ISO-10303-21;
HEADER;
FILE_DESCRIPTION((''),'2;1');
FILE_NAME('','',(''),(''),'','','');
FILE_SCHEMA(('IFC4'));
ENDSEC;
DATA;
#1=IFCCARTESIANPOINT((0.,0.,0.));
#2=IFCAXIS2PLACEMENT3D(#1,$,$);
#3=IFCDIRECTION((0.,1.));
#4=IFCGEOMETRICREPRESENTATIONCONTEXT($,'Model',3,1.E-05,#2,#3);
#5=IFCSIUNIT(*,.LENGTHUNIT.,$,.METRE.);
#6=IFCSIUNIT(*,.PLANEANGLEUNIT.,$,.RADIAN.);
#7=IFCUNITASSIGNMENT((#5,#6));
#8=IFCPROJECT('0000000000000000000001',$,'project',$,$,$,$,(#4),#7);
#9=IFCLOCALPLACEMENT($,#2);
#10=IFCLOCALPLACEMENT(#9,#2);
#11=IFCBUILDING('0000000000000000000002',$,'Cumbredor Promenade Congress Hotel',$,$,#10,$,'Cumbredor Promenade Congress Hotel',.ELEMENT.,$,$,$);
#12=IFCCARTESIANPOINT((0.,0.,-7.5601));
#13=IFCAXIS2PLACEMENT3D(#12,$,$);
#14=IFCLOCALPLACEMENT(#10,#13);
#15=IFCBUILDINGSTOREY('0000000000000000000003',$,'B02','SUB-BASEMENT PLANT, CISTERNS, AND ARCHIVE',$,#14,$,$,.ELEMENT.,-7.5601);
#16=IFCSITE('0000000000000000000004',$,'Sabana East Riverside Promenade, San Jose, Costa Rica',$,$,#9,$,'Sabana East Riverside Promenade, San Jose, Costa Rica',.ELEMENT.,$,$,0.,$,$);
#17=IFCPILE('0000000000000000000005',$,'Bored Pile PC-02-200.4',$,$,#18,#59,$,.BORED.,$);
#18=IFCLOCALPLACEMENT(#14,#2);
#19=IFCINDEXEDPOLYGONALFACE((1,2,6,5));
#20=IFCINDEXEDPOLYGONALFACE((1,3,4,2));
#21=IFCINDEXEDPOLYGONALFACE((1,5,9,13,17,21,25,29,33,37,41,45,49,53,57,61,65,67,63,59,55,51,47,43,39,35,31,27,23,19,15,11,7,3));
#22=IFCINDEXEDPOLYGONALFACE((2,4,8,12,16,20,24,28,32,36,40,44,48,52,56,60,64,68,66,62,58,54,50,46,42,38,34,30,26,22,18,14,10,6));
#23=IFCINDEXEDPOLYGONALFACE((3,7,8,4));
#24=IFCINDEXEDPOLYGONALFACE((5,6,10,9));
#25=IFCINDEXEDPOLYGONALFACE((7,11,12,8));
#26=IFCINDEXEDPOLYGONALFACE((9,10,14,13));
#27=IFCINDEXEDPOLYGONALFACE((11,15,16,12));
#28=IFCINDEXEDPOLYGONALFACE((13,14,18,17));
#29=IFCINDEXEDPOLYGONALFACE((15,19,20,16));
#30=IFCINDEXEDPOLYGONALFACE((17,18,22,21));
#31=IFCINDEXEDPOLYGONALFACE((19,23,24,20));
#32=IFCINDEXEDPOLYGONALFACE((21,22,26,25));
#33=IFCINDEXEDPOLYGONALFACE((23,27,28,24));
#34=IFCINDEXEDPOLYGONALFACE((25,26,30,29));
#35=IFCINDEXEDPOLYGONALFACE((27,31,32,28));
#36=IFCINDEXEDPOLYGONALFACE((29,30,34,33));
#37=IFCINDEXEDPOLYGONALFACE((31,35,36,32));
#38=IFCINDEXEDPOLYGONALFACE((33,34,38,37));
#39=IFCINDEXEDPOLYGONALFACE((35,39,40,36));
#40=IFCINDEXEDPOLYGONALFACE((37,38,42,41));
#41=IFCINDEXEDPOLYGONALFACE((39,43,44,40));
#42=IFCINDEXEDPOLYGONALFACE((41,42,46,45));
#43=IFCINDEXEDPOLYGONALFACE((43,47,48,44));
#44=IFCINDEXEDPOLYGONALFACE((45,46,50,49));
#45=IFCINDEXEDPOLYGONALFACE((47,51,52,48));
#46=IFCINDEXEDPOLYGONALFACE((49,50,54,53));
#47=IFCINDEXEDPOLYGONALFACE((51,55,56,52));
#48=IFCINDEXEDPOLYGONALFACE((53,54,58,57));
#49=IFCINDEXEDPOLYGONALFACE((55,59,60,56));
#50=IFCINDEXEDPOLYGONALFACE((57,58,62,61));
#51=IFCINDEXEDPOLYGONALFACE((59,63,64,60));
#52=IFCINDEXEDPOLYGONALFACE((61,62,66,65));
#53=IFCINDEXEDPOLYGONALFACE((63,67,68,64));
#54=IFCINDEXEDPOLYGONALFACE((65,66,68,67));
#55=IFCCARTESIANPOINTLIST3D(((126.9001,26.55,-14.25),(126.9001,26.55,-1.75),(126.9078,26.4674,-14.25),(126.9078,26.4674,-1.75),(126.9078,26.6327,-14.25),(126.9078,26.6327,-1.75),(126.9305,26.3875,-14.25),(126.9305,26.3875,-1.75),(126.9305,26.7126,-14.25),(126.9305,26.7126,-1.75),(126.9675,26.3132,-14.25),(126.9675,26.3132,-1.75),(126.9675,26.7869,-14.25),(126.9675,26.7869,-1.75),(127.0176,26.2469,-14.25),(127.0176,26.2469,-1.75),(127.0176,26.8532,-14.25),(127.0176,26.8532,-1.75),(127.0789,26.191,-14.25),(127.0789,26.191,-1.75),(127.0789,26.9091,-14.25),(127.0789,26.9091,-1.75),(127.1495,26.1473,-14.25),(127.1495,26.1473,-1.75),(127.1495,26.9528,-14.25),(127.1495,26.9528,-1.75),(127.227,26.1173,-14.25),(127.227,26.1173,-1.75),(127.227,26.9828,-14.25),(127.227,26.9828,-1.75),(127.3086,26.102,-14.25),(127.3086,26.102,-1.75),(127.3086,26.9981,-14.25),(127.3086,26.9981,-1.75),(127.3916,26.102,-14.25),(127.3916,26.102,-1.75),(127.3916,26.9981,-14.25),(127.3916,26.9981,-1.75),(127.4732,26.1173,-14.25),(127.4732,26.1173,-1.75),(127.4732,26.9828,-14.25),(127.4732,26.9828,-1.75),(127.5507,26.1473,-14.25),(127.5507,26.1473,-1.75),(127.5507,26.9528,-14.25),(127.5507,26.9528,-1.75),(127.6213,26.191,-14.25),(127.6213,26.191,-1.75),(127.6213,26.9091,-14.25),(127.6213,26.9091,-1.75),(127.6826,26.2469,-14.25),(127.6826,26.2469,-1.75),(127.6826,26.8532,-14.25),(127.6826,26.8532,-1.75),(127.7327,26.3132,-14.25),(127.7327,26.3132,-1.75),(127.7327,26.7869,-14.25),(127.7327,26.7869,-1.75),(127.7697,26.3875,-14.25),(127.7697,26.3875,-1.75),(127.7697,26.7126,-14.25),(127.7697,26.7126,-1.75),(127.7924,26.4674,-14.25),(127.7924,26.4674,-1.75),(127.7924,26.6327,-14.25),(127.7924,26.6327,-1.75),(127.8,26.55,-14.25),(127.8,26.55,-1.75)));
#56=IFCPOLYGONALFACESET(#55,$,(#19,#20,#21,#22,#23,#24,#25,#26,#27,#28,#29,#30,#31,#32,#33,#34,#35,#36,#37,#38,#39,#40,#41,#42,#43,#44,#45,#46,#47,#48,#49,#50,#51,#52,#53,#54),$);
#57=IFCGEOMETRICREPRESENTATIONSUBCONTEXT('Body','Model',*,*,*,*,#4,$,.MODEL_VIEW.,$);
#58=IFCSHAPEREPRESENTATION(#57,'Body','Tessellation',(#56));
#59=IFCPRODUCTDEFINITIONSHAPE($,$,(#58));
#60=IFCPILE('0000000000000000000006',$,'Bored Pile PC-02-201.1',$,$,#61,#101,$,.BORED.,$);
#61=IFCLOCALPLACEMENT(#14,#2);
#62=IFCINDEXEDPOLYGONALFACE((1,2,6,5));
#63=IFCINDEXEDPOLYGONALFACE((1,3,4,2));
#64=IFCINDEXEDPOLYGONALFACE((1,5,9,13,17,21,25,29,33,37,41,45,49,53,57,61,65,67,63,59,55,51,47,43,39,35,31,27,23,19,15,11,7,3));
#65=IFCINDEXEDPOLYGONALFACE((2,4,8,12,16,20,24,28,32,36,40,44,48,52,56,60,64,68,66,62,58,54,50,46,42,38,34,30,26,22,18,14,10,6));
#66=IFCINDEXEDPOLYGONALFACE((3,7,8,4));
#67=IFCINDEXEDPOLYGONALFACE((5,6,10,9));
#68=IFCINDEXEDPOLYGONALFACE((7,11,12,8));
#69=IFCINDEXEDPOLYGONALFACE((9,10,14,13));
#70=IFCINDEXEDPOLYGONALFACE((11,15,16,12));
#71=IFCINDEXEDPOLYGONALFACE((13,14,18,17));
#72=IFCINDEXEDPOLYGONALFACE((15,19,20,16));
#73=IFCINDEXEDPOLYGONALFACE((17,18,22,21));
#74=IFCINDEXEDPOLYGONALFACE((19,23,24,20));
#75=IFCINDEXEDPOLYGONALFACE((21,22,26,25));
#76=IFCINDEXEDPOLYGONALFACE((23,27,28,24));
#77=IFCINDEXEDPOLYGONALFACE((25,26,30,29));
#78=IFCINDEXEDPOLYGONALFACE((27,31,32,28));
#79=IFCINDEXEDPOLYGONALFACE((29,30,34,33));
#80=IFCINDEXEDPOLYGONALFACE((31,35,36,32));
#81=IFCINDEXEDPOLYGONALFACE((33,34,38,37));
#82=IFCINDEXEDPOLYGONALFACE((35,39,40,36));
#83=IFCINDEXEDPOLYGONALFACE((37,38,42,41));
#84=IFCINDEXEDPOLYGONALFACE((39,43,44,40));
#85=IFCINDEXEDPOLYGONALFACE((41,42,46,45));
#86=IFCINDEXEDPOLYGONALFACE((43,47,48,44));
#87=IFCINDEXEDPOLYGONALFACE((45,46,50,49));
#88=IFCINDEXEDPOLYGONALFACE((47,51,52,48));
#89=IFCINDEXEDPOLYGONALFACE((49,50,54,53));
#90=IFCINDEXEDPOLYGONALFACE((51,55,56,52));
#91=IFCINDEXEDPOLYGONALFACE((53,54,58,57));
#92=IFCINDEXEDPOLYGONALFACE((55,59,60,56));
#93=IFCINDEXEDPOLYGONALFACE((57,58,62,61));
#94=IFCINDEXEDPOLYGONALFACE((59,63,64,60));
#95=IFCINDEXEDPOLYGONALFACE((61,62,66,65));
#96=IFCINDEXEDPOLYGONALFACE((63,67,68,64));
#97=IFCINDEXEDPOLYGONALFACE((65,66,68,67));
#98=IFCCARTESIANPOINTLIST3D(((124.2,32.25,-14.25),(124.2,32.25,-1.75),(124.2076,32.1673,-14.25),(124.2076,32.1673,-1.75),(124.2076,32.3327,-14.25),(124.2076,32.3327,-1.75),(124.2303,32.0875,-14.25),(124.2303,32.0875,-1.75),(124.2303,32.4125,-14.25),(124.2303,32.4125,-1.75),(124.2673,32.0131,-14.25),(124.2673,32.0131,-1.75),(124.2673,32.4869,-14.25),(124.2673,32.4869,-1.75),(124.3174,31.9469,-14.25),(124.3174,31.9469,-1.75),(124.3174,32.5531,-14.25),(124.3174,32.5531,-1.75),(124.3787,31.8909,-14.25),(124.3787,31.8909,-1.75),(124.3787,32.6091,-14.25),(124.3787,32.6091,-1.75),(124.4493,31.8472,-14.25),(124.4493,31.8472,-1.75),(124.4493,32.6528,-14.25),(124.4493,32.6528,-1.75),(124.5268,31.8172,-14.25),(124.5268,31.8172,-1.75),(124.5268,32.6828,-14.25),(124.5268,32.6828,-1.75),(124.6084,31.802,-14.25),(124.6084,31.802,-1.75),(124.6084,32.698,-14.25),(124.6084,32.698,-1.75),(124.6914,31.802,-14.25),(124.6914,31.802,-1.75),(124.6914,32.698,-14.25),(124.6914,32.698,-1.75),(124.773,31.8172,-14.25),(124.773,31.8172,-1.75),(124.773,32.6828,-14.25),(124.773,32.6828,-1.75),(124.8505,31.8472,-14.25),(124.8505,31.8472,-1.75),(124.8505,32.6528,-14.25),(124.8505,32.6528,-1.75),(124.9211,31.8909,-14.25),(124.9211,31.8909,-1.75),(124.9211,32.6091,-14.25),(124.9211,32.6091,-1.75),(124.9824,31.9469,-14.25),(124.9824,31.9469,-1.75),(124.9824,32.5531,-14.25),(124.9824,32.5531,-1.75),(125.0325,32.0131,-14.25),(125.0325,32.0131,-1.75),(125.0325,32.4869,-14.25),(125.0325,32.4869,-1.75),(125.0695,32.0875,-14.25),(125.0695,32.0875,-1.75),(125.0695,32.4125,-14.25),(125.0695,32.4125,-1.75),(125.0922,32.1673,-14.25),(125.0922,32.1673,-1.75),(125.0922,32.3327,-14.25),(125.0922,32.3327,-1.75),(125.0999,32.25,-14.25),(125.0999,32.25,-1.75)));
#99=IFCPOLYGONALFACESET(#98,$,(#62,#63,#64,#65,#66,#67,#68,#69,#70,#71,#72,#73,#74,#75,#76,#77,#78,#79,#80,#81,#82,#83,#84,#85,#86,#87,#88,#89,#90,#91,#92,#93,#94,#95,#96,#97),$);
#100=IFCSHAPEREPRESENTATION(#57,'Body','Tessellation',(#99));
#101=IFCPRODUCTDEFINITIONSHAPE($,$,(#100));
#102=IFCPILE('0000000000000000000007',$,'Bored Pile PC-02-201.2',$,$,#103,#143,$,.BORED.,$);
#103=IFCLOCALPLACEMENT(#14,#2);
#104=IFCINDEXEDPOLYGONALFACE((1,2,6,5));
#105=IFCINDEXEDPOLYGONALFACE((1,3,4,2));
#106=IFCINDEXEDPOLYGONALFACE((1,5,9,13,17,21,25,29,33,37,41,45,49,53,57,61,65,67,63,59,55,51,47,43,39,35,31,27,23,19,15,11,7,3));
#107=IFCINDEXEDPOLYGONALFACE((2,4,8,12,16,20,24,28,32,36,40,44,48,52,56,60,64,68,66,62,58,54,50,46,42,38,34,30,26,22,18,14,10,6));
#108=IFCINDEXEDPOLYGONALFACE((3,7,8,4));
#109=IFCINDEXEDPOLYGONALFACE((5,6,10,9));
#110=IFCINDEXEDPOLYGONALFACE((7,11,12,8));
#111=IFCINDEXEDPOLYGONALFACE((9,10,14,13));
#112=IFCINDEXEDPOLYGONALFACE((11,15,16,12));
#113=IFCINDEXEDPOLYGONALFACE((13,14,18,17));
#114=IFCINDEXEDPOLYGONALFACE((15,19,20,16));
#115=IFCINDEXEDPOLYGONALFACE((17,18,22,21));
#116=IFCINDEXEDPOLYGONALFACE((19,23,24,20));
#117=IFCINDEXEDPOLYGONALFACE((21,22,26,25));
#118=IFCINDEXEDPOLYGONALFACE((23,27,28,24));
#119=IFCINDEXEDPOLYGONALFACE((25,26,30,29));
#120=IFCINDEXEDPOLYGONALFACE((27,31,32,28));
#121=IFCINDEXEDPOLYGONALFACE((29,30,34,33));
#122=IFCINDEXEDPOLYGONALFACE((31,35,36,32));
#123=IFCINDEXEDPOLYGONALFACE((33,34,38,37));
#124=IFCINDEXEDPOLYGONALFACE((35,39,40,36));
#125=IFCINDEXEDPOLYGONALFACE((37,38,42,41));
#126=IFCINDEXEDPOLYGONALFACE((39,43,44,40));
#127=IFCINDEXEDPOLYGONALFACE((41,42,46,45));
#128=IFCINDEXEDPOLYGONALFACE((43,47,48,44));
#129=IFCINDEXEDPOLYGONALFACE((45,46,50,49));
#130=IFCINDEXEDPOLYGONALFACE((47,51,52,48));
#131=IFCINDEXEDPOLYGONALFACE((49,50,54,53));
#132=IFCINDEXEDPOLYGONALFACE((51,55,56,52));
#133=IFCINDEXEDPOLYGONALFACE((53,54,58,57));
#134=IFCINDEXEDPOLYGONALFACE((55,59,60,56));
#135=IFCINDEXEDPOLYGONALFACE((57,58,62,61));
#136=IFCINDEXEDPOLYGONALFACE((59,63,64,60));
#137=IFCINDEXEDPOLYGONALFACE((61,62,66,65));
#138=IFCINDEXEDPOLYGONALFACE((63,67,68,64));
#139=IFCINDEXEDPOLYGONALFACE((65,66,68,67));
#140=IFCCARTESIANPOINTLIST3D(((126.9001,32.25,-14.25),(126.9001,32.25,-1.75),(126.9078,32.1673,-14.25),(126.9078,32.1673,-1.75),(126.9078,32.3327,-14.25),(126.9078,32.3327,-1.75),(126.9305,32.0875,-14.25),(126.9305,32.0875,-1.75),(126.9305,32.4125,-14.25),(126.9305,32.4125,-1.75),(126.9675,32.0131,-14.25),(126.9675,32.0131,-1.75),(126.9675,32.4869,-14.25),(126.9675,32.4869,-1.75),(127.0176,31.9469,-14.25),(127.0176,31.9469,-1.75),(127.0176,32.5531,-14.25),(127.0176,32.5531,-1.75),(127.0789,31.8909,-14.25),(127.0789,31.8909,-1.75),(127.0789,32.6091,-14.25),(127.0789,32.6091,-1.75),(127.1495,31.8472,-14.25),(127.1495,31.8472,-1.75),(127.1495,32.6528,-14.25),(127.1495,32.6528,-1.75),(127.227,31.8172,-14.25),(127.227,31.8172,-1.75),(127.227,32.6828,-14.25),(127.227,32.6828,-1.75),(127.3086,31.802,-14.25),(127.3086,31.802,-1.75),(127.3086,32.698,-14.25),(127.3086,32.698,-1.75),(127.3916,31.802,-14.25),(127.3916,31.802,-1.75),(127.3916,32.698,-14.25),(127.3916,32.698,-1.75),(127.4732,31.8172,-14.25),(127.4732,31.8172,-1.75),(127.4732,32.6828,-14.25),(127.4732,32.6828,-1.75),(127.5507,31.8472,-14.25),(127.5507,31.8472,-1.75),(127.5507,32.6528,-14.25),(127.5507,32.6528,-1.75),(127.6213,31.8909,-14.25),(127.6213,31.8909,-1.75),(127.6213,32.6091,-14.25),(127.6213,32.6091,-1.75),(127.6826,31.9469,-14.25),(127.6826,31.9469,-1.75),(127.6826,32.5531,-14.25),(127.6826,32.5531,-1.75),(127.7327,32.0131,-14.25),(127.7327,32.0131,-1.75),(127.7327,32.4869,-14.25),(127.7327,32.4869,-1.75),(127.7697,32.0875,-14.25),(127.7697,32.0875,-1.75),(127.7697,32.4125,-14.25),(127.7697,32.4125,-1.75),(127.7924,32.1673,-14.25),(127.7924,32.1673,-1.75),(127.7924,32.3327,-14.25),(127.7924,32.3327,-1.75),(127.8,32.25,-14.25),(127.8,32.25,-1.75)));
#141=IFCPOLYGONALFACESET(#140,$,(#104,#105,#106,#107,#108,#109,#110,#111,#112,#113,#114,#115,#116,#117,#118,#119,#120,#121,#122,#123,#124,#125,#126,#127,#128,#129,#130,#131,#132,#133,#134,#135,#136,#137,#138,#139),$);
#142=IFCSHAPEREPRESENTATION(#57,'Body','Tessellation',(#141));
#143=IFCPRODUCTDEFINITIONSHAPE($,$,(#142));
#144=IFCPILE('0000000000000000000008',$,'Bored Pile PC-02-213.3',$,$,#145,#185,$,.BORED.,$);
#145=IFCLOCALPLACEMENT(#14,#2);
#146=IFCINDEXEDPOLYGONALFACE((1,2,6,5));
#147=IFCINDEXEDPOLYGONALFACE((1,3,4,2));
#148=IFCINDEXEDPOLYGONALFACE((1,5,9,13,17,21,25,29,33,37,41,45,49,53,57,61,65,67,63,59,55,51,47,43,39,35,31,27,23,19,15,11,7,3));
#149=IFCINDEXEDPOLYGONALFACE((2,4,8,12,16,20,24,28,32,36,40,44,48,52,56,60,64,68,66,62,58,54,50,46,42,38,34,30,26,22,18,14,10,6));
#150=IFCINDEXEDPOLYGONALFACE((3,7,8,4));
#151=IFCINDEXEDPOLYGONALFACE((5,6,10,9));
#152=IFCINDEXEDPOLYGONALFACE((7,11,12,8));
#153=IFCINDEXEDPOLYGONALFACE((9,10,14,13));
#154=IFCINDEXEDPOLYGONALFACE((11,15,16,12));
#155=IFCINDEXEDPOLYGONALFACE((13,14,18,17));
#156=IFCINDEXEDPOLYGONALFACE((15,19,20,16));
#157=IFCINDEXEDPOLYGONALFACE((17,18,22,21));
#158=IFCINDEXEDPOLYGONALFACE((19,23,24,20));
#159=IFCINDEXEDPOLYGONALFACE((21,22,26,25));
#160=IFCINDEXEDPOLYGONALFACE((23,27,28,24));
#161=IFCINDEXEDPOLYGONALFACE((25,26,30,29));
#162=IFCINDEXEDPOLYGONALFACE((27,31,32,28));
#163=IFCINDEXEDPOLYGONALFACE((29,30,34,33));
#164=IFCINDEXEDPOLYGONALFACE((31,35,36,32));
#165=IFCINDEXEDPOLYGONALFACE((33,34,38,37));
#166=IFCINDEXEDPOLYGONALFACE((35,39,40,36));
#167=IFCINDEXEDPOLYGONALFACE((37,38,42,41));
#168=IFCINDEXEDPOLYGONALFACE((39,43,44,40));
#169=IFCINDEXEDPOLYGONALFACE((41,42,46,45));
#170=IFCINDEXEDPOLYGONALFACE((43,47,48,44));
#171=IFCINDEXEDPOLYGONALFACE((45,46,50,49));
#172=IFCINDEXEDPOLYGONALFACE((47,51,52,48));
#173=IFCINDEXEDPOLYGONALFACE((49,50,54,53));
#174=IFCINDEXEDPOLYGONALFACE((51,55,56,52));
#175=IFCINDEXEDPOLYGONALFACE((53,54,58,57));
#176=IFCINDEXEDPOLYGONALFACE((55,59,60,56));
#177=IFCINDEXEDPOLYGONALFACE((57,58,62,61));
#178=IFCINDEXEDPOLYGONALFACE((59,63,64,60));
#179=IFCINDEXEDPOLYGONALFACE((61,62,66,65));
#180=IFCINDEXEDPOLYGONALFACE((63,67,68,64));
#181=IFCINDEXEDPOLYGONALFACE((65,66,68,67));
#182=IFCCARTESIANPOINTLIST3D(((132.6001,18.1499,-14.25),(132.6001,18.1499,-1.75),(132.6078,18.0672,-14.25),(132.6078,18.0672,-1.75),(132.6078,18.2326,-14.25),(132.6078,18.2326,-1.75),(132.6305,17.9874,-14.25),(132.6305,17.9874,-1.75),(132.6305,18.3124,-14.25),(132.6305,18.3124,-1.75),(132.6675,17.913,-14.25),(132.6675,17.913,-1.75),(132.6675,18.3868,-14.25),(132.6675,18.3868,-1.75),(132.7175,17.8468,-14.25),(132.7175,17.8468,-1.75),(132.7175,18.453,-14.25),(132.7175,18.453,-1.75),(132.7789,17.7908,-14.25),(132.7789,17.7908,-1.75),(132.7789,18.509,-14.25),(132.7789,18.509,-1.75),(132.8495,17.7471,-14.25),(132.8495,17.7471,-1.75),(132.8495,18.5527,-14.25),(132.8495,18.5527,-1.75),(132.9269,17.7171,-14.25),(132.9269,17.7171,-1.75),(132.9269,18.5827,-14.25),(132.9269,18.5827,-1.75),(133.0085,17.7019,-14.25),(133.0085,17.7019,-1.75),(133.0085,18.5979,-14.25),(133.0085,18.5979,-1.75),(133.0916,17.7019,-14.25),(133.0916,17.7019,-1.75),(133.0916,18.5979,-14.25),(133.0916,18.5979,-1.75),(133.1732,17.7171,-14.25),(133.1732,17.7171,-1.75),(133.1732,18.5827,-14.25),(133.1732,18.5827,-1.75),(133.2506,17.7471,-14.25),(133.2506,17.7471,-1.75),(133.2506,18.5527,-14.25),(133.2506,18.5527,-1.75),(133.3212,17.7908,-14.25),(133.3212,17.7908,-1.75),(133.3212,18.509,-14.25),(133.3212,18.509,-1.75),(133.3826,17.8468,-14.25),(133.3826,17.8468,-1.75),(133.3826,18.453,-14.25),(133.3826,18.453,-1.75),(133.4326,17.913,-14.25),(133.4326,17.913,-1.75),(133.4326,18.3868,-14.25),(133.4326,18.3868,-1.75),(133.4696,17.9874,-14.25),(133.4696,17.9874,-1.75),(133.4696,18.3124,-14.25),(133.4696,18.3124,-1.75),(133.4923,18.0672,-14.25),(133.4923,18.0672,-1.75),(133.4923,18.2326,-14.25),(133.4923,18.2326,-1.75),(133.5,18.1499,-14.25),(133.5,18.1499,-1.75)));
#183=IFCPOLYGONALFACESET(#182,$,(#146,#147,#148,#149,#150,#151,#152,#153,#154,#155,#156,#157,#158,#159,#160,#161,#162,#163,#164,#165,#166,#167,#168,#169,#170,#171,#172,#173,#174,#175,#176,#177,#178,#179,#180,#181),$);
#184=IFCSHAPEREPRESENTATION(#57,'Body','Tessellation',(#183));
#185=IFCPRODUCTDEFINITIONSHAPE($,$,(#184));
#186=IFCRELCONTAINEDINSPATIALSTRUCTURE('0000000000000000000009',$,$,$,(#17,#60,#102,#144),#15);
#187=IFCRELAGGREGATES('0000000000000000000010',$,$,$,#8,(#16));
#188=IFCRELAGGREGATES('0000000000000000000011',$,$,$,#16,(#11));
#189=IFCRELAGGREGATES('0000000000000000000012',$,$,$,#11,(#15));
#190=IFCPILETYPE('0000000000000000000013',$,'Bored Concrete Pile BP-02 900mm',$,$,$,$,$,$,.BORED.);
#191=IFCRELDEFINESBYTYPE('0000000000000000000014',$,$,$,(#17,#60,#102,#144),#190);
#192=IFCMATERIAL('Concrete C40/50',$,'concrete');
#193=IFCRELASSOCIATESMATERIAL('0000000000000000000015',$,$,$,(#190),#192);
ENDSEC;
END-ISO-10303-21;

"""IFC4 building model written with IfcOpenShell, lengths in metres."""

from ifc_helpers import new_model, si_unit, direction, frame, origin, origin_2d, place, context, subcontext, project, spatial, circle, extrude, material, material_profile, profile_set, type_object, element, save


model = new_model("IFC4")

# Units and contexts
model_context = context("Model", 3, precision=1e-05, world=origin(), true_north=direction((0.0, 1.0)))
body_context = subcontext(model_context, "Body", "Model", "MODEL_VIEW")
ifc_project = project(units=[si_unit("LENGTHUNIT", "METRE"), si_unit("PLANEANGLEUNIT", "RADIAN")], contexts=[model_context])

# Site, building, storey
site_placement = place(None, origin())
site = spatial("IfcSite", under=ifc_project, at=site_placement, Name="Sabana East Riverside Promenade, San Jose, Costa Rica", LongName="Sabana East Riverside Promenade, San Jose, Costa Rica", CompositionType="ELEMENT", RefElevation=0.0)
building_placement = place(site_placement, origin())
building = spatial("IfcBuilding", under=site, at=building_placement, Name="Cumbredor Promenade Congress Hotel", LongName="Cumbredor Promenade Congress Hotel", CompositionType="ELEMENT")
storey_placement = place(building_placement, frame((0.0, 0.0, -7.5601)))
storey = spatial("IfcBuildingStorey", under=building, at=storey_placement, Name="B02", Description="SUB-BASEMENT PLANT, CISTERNS, AND ARCHIVE", CompositionType="ELEMENT", Elevation=-7.5601)

# Piles
ifc_material_1 = material(Name="Concrete C40/50", Category="concrete")
ifc_material_profile_1 = material_profile(ifc_material_1, circle(Radius=0.45, at=origin_2d()), Name="PILE D900")
ifc_profile_set_1 = profile_set([ifc_material_profile_1], Name="Concrete C40/50")
pile_type = type_object("IfcPileType", Name="Bored Concrete Pile BP-02 900mm", PredefinedType="BORED", material=ifc_profile_set_1)
for number, where, z_axis, x_axis, name in (
    (1, (127.3501, 26.55, -1.75), (0.0, 0.0, -1.0), (1.0, 0.0, 0.0), "Bored Pile PC-02-200.4"),
    (2, (124.6499, 32.25, -1.75), (0.0, 0.0, -1.0), (1.0, 0.0, 0.0), "Bored Pile PC-02-201.1"),
    (3, (127.3501, 32.25, -1.75), (0.0, 0.0, -1.0), (1.0, 0.0, 0.0), "Bored Pile PC-02-201.2"),
    (4, (133.05, 18.1499, -1.75), (0.0, 0.0, -1.0), (1.0, 0.0, 0.0), "Bored Pile PC-02-213.3"),
):
    element("IfcPile", number, at=place(storey_placement, frame(where, z_axis=z_axis, x_axis=x_axis)), inside=storey, type_object=pile_type, Name=name, PredefinedType="BORED", context=body_context, shape_type="SweptSolid", body=[
        extrude(circle(Radius=0.45, at=origin_2d()), origin(), (0.0, 0.0, 1.0), 12.5),
    ])

save(model, "model.ifc")
